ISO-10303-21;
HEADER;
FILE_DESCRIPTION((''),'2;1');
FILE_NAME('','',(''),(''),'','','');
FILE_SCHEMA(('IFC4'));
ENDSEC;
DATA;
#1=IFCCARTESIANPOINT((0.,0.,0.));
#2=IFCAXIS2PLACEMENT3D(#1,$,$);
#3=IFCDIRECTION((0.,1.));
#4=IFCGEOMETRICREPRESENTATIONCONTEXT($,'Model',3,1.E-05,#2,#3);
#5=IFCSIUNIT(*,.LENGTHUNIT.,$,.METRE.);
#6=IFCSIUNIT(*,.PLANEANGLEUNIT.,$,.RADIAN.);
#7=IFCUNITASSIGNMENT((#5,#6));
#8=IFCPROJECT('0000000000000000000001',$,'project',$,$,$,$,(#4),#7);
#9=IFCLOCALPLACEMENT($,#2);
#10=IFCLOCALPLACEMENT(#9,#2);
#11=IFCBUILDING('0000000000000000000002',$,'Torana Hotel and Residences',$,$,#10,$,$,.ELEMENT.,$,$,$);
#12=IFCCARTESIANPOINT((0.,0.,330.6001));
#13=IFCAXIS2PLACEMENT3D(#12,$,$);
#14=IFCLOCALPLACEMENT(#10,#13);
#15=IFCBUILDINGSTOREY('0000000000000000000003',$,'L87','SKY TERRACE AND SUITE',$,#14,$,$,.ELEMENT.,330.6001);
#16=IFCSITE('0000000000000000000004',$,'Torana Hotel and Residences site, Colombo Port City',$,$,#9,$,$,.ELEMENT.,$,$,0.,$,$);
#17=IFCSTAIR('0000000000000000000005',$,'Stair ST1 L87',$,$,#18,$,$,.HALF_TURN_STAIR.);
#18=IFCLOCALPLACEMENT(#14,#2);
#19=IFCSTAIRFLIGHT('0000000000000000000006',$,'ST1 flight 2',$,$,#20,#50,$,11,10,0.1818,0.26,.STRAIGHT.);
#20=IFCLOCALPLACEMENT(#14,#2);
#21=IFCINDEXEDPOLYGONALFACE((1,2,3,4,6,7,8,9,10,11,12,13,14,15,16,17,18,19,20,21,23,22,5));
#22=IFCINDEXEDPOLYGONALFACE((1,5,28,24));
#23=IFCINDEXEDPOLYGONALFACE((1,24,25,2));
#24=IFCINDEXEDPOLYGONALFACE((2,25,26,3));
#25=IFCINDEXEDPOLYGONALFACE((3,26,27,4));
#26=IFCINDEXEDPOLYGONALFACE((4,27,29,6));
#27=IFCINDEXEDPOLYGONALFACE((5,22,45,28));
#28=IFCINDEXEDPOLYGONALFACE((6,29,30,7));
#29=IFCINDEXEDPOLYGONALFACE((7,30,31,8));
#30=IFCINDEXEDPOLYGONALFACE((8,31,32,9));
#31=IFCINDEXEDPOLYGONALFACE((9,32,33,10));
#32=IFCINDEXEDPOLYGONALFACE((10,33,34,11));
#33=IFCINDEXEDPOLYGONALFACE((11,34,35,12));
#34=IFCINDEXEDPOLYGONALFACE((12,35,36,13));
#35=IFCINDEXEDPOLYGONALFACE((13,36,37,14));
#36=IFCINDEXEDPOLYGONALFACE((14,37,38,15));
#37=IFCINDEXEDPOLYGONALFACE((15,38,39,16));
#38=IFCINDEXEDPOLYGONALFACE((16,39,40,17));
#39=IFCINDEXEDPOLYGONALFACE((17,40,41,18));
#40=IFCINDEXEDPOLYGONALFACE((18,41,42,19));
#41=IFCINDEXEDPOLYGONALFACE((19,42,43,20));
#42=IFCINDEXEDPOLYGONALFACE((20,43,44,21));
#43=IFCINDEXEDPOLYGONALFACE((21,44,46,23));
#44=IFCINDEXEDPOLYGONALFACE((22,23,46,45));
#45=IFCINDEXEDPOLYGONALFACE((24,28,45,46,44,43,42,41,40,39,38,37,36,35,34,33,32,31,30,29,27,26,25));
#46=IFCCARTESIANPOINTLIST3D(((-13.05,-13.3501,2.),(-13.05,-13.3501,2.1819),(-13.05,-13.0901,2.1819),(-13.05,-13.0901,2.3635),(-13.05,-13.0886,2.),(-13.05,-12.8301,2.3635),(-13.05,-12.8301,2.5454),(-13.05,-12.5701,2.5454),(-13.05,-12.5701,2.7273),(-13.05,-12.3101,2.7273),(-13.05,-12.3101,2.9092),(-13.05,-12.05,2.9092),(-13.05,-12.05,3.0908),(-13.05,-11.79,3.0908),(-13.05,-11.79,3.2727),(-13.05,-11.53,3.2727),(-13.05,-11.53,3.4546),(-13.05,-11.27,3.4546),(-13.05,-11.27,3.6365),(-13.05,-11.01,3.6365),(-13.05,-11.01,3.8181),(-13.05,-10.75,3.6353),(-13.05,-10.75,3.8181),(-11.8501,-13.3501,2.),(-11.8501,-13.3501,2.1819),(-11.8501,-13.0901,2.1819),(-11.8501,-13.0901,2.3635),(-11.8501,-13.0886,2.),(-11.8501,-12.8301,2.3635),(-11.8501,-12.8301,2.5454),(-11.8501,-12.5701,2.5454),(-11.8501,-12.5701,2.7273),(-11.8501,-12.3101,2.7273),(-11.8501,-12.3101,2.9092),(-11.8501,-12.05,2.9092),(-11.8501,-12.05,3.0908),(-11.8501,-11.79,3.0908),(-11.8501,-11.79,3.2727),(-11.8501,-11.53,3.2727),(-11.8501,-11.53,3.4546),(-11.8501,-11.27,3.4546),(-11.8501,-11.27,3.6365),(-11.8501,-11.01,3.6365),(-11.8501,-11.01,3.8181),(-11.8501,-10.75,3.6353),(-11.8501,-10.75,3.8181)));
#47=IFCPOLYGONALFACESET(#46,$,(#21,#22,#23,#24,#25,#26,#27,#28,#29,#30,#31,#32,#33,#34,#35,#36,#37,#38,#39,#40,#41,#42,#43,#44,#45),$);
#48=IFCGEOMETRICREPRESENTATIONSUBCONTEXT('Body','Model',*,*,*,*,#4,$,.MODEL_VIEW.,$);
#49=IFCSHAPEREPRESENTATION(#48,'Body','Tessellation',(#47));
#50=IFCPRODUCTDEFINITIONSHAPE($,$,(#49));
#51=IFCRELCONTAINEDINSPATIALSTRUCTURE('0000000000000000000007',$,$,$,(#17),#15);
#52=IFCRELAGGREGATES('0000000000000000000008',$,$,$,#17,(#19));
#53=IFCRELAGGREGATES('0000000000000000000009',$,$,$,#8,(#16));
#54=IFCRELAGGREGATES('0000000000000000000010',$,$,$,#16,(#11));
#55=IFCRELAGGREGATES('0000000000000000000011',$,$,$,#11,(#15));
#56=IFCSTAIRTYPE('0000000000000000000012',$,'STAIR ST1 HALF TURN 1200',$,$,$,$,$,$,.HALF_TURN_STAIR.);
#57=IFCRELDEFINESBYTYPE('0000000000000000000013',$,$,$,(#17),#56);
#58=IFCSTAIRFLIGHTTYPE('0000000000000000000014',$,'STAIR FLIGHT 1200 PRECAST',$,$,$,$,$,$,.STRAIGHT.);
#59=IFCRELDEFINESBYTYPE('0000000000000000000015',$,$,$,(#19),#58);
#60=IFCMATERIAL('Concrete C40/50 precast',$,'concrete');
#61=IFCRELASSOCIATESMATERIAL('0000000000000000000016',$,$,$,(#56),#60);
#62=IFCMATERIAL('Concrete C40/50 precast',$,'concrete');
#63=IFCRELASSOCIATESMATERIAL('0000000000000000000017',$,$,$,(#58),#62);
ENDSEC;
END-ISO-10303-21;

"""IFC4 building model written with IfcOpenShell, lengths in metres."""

from ifc_helpers import new_model, si_unit, direction, frame, origin, place, context, subcontext, project, spatial, polyline, outline, extrude, material, type_object, element, aggregate, save


model = new_model("IFC4")

# Units and contexts
model_context = context("Model", 3, precision=1e-05, world=origin(), true_north=direction((0.0, 1.0)))
body_context = subcontext(model_context, "Body", "Model", "MODEL_VIEW")
ifc_project = project(units=[si_unit("LENGTHUNIT", "METRE"), si_unit("PLANEANGLEUNIT", "RADIAN")], contexts=[model_context])

# Site, building, storey
site_placement = place(None, origin())
site = spatial("IfcSite", under=ifc_project, at=site_placement, Name="Torana Hotel and Residences site, Colombo Port City", CompositionType="ELEMENT", RefElevation=0.0)
building_placement = place(site_placement, origin())
building = spatial("IfcBuilding", under=site, at=building_placement, Name="Torana Hotel and Residences", CompositionType="ELEMENT")
storey_placement = place(building_placement, frame((0.0, 0.0, 330.6001)))
storey = spatial("IfcBuildingStorey", under=building, at=storey_placement, Name="L87", Description="SKY TERRACE AND SUITE", CompositionType="ELEMENT", Elevation=330.6001)

# Stair, stair flight
ifc_material_1 = material(Name="Concrete C40/50 precast", Category="concrete")
stair_type = type_object("IfcStairType", Name="STAIR ST1 HALF TURN 1200", PredefinedType="HALF_TURN_STAIR", material=ifc_material_1)
stair_placement = place(storey_placement, origin())
stair = element("IfcStair", 1, at=stair_placement, inside=storey, type_object=stair_type, Name="Stair ST1 L87", PredefinedType="HALF_TURN_STAIR")
ifc_material_2 = material(Name="Concrete C40/50 precast", Category="concrete")
stair_flight_type = type_object("IfcStairFlightType", Name="STAIR FLIGHT 1200 PRECAST", PredefinedType="STRAIGHT", material=ifc_material_2)
stair_flight_1_placement = place(storey_placement, frame((-12.45, -13.3501, 2.0), z_axis=(0.0, 0.0, 1.0), x_axis=(0.0, 1.0, 0.0)))
stair_flight_1 = element("IfcStairFlight", 2, at=stair_flight_1_placement, type_object=stair_flight_type, Name="ST1 flight 2", NumberOfRisers=11, NumberOfTreads=10, PredefinedType="STRAIGHT", RiserHeight=0.1818, TreadLength=0.26, context=body_context, shape_type="SweptSolid", body=[
    extrude(outline(polyline([(0.0, 0.0), (0.0, 0.1819), (0.26, 0.1819), (0.26, 0.3635), (0.52, 0.3635), (0.52, 0.5454), (0.78, 0.5454), (0.78, 0.7273), (1.04, 0.7273), (1.04, 0.9092), (1.3, 0.9092), (1.3, 1.0908), (1.5601, 1.0908), (1.5601, 1.2727), (1.8201, 1.2727), (1.8201, 1.4546), (2.0801, 1.4546), (2.0801, 1.6365), (2.3401, 1.6365), (2.3401, 1.8181), (2.6001, 1.8181), (2.6001, 2.0), (2.6001, 1.6353), (0.2615, 0.0), (0.0, 0.0)])), frame((0.0, 0.6001, 0.0), z_axis=(0.0, -1.0, 0.0), x_axis=(1.0, 0.0, 0.0)), (0.0, 0.0, 1.0), 1.2),
])
aggregate(stair, [stair_flight_1])

save(model, "model.ifc")
